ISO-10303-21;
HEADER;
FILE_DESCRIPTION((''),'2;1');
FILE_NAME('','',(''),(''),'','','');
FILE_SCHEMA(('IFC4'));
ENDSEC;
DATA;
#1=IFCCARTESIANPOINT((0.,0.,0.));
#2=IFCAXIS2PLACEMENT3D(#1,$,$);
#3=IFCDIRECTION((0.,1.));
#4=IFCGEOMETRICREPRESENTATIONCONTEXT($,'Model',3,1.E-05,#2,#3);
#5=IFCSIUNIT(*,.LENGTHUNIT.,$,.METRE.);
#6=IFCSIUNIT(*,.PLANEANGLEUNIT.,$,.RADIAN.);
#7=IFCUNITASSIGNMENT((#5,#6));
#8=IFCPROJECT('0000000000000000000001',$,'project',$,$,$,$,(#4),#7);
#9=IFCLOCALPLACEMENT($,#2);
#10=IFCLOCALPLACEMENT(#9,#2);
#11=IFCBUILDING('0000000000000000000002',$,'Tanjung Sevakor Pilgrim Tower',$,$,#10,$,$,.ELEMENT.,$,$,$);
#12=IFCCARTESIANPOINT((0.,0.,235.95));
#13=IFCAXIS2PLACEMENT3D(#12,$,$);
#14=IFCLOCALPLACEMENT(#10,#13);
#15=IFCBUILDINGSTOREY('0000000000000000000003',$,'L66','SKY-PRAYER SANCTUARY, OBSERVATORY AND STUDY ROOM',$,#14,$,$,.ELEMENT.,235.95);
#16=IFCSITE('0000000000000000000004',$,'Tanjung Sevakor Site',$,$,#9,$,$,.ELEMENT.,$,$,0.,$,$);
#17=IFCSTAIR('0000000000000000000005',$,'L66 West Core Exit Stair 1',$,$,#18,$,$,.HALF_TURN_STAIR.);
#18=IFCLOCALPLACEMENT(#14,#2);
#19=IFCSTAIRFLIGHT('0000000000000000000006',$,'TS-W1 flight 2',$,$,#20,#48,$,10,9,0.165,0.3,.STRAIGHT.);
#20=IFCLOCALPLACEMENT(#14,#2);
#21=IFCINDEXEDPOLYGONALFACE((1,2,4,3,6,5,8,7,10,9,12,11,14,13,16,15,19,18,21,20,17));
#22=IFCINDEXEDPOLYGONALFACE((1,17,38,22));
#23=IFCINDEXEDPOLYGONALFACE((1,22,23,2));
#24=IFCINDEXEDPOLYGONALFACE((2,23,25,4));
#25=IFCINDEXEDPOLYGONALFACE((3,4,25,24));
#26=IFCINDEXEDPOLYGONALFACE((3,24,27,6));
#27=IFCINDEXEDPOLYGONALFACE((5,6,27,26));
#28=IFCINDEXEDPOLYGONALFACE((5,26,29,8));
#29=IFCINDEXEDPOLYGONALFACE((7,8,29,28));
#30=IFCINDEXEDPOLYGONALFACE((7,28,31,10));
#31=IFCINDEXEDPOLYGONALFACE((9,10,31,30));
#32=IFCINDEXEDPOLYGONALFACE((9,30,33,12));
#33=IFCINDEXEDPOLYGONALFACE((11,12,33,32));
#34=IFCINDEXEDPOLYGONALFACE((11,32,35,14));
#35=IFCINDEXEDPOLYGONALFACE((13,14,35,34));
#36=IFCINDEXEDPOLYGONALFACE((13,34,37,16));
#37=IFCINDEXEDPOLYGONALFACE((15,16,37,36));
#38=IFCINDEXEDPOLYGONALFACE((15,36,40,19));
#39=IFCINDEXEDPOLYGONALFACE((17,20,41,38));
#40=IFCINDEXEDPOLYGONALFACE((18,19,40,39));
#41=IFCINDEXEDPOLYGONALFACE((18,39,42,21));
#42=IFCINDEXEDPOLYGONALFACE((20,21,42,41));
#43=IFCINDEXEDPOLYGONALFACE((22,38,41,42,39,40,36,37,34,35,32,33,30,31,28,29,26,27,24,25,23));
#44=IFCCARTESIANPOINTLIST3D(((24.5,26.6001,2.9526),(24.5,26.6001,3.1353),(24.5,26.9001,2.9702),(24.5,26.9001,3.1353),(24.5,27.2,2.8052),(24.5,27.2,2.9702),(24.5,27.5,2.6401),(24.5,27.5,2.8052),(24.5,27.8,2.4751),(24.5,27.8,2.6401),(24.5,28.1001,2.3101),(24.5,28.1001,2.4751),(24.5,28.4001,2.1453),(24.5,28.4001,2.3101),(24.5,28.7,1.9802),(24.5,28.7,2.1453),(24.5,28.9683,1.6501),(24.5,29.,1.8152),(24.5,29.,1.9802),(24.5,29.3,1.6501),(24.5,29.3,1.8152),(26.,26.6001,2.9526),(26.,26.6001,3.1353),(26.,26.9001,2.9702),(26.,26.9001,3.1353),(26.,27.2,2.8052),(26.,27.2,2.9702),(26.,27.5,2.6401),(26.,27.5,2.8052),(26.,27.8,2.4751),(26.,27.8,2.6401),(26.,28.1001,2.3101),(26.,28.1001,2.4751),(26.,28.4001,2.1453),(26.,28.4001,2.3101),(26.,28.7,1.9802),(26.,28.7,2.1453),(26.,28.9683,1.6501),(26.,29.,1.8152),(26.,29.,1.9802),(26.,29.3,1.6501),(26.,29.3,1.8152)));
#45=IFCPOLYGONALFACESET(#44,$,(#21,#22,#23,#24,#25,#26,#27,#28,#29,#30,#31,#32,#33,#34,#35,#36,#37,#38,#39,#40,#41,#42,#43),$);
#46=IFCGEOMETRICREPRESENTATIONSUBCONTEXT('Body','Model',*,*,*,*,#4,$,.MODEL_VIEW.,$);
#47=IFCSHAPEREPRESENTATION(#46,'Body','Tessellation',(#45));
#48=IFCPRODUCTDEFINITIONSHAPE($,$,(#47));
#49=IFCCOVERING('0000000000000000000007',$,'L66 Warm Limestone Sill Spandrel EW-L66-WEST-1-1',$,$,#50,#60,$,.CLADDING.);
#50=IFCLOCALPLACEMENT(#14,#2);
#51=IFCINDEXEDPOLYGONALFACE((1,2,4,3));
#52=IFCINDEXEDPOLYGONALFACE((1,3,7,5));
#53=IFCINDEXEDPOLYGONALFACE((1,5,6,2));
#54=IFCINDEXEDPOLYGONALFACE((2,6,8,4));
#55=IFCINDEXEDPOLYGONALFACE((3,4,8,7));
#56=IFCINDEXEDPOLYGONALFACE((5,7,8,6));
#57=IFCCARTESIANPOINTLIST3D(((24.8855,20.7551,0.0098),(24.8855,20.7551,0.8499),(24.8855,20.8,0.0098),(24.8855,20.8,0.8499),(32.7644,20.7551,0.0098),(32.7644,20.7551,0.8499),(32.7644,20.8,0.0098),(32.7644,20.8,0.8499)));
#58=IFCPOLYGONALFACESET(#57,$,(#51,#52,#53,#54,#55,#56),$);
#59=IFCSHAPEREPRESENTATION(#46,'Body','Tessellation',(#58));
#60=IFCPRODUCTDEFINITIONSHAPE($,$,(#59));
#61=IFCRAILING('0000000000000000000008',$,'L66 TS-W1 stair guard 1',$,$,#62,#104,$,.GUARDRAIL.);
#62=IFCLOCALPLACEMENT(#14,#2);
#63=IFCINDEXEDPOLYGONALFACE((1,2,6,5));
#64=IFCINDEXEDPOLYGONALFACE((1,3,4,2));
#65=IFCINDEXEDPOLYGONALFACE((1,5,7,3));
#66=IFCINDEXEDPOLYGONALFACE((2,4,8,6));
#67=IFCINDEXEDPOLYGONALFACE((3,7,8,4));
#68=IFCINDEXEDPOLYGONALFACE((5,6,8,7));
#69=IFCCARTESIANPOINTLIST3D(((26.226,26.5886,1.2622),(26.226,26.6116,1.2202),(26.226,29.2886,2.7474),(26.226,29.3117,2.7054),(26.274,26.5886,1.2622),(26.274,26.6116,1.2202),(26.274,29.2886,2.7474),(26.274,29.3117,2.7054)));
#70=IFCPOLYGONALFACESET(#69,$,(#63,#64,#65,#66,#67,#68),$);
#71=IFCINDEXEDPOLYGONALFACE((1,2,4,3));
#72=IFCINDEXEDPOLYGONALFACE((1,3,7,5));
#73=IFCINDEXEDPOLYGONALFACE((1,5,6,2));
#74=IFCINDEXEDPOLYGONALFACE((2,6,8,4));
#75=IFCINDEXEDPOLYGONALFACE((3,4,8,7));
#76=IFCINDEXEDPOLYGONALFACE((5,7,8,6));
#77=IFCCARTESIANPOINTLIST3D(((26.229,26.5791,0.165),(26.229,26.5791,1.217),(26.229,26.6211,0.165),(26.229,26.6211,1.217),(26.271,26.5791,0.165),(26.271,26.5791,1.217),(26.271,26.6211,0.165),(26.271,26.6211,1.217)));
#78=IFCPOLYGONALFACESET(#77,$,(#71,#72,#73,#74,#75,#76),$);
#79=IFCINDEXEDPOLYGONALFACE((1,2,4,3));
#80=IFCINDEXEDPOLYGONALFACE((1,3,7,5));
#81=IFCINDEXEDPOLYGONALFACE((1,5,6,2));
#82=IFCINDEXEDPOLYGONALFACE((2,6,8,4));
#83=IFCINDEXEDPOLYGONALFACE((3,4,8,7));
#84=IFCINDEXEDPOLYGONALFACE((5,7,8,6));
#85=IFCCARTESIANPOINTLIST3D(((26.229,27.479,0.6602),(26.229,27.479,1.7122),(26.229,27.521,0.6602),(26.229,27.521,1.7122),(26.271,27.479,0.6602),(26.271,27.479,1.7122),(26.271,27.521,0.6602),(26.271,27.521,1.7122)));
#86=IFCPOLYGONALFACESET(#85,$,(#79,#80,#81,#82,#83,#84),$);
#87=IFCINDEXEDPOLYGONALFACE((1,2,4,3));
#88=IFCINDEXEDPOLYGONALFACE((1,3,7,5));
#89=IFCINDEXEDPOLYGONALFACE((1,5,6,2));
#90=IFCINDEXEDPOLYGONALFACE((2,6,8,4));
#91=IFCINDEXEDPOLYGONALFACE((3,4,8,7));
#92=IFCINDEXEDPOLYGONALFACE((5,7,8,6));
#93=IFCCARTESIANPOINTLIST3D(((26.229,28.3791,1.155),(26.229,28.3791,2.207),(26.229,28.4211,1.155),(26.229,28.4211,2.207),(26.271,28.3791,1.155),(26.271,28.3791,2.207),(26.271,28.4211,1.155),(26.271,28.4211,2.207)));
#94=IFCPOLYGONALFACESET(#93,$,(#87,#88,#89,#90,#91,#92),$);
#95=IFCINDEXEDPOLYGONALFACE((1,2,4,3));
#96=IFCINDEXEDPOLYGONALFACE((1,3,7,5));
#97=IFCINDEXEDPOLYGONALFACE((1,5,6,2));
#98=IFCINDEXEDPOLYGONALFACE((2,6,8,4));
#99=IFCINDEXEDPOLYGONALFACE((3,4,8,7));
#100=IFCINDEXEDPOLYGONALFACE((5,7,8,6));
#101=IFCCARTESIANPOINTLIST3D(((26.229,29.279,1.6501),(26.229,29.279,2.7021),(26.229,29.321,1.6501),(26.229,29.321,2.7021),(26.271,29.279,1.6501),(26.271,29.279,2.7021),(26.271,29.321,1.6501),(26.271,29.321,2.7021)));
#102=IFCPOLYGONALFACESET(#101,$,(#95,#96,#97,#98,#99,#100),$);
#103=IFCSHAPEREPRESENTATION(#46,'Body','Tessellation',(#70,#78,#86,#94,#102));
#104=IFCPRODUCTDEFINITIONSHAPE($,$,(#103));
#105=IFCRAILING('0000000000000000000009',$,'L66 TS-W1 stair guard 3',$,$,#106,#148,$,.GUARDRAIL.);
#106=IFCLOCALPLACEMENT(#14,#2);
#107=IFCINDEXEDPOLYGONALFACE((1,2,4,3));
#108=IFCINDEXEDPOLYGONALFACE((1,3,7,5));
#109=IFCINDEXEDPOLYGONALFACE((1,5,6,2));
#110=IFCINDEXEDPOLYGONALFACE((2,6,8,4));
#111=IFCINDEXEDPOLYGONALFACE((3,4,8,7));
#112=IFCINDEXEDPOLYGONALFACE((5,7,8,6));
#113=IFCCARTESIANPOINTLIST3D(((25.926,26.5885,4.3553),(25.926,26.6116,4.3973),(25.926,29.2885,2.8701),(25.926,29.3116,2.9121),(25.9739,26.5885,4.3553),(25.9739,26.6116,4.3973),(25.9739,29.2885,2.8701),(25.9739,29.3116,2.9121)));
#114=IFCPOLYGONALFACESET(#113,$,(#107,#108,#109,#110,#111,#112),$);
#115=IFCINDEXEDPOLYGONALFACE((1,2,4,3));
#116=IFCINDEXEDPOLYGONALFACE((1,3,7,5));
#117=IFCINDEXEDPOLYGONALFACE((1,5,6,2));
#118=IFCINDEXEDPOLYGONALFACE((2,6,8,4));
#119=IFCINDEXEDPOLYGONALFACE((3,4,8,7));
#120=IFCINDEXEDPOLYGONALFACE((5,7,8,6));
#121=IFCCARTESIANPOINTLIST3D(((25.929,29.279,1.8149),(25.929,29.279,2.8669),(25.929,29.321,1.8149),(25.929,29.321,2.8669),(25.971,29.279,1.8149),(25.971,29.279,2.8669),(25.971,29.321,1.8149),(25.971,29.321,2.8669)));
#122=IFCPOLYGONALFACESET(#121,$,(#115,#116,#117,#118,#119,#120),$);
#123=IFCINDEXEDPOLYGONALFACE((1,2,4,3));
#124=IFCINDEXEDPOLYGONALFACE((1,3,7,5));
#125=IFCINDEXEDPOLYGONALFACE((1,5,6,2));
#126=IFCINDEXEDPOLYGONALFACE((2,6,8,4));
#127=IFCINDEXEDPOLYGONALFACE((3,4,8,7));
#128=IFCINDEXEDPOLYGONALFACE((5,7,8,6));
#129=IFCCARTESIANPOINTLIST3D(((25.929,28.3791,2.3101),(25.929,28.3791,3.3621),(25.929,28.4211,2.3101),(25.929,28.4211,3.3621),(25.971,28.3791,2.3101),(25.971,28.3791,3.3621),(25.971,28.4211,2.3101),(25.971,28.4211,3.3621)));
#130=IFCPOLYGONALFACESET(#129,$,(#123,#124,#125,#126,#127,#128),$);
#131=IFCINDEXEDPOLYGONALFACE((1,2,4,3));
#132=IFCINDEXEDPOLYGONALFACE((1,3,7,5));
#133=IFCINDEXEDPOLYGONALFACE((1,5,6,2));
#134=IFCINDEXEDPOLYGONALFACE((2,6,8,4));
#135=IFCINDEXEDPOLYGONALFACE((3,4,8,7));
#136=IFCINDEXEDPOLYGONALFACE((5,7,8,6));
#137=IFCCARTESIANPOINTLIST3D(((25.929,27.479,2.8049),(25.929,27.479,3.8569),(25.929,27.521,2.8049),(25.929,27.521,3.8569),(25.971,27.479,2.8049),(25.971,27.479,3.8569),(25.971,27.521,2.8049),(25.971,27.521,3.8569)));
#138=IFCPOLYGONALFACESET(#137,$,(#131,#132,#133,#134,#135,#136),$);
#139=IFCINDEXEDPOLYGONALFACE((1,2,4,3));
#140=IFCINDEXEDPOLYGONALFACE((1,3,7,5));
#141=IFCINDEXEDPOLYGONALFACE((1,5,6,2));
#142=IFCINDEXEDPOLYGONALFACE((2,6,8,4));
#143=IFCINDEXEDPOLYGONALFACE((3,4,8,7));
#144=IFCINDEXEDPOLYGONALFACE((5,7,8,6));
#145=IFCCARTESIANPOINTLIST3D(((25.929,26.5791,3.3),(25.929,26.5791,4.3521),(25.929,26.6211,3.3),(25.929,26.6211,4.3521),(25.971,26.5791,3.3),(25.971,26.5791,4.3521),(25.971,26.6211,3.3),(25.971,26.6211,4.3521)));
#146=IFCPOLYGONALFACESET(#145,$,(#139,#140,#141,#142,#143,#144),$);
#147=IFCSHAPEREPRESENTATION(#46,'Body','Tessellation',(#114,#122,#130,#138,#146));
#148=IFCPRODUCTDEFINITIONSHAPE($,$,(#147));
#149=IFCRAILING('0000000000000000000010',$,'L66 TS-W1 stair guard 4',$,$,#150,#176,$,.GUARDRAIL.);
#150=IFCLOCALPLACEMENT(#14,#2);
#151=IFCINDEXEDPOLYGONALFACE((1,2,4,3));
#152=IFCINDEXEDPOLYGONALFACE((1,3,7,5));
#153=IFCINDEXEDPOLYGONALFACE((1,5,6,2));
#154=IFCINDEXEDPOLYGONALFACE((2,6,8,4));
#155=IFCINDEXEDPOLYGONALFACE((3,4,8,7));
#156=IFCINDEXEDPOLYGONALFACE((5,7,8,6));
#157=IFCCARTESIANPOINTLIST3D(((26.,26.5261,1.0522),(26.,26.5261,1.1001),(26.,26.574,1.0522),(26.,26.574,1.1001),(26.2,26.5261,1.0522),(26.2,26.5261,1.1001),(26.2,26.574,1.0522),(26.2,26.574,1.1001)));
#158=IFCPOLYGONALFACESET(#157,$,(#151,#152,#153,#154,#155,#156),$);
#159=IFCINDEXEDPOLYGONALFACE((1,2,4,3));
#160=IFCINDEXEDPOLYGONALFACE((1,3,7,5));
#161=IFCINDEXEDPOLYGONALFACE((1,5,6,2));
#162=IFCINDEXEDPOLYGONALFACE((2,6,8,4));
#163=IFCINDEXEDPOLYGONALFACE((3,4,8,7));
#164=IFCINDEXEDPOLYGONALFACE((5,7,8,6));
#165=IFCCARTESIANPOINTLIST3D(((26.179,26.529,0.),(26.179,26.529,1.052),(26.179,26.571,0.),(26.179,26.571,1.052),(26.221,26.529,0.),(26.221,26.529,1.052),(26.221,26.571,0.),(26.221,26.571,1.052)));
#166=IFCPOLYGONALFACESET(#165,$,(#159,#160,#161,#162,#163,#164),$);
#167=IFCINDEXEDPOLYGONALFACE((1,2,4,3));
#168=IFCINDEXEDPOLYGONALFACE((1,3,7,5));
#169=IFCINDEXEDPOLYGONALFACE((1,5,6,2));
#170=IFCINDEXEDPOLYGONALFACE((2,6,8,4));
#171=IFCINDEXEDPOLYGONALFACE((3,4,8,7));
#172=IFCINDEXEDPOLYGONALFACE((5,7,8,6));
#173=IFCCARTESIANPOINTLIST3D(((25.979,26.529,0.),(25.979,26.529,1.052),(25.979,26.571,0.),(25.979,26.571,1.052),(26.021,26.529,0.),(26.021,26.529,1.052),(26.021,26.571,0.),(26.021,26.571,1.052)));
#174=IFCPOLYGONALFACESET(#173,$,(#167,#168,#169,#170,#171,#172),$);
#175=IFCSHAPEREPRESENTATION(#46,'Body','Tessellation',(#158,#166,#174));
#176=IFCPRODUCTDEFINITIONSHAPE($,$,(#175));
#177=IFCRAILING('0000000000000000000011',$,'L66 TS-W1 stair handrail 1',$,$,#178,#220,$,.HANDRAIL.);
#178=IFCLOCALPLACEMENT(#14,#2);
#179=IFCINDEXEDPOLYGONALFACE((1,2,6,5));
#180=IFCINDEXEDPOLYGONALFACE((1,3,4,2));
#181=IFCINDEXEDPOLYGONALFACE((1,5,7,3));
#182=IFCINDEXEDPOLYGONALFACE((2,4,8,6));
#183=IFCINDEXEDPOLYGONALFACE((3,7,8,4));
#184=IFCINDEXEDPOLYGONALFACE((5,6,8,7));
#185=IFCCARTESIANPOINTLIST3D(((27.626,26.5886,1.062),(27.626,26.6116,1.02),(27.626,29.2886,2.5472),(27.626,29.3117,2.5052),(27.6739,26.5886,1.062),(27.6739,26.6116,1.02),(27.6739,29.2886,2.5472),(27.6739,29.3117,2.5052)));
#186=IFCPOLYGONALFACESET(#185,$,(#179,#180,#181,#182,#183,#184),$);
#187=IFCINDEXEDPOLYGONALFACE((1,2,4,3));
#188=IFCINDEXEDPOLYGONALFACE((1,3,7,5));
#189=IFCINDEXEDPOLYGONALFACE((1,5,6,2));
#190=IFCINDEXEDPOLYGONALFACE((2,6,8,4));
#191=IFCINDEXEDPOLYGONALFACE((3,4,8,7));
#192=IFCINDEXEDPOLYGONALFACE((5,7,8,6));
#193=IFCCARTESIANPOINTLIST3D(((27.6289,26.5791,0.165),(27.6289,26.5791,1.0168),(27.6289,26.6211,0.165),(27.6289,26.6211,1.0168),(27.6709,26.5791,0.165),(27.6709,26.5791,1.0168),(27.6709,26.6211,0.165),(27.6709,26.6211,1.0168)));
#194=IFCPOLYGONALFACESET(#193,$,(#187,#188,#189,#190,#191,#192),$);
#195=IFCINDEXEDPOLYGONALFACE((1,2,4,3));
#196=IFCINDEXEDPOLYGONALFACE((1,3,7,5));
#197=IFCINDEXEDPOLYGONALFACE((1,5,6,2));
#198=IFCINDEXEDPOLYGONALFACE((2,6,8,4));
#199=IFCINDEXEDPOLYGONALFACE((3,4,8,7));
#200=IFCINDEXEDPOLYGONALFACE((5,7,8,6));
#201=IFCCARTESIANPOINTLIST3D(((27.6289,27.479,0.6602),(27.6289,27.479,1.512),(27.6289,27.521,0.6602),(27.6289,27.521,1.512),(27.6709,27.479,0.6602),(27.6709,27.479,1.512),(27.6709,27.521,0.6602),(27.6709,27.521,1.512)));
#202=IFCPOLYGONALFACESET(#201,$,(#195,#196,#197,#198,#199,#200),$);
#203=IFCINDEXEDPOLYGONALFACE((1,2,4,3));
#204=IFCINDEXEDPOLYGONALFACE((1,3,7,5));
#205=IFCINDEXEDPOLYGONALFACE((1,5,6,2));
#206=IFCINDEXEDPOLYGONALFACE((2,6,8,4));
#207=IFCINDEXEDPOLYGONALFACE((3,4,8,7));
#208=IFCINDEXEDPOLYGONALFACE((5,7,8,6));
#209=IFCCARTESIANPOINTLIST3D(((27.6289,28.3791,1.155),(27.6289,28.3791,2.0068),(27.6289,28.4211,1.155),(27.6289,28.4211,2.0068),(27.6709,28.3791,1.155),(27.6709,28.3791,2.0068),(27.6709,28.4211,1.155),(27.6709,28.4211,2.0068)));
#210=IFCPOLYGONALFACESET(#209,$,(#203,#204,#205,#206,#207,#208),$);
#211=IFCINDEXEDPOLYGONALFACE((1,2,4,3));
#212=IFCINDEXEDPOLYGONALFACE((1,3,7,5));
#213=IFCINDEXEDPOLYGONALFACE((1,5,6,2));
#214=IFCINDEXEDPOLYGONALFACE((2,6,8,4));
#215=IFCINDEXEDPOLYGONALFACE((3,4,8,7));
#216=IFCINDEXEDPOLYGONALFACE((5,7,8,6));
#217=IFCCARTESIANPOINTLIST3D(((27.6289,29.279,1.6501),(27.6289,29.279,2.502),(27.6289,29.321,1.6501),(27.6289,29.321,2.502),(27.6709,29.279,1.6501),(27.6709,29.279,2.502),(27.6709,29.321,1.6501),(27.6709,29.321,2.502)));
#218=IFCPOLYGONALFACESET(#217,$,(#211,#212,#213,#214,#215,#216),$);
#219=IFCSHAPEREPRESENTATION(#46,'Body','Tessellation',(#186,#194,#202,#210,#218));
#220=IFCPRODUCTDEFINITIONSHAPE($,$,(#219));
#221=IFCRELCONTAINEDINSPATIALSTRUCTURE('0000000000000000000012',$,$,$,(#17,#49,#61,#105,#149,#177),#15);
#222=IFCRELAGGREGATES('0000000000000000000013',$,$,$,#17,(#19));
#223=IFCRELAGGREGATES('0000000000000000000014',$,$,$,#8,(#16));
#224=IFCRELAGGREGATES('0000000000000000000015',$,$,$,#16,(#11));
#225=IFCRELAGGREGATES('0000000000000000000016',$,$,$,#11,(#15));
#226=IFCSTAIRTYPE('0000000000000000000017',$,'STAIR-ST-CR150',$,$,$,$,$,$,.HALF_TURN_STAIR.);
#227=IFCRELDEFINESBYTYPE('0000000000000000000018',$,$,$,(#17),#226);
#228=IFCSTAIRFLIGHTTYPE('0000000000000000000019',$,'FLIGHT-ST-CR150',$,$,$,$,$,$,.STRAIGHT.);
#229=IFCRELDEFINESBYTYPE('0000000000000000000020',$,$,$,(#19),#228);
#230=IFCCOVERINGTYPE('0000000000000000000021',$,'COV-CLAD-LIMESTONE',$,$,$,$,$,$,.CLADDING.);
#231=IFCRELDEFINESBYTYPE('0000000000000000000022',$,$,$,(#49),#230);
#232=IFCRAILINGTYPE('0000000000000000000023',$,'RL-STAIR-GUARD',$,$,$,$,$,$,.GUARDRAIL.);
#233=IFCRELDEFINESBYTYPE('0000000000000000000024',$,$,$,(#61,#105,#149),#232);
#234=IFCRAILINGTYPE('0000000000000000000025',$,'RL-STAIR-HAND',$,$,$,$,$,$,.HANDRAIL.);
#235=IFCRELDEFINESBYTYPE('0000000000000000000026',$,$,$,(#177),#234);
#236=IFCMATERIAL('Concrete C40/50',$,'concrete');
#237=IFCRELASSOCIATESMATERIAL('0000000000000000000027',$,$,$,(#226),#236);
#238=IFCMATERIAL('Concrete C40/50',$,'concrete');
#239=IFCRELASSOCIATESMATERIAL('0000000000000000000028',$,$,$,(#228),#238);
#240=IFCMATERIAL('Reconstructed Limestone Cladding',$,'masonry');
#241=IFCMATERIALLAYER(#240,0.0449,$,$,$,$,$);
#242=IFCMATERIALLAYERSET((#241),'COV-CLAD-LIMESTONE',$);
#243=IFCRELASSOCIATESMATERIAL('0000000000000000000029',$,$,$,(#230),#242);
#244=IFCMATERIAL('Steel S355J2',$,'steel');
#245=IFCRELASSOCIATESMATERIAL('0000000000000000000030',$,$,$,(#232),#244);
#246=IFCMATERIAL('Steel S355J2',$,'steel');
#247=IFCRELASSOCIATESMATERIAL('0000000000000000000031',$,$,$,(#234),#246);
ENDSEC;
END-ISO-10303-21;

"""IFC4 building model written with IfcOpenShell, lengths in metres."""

from ifc_helpers import new_model, si_unit, direction, frame, origin, origin_2d, place, context, subcontext, project, spatial, polyline, rectangle, outline, extrude, material, layer, layer_set, type_object, element, aggregate, save


model = new_model("IFC4")

# Units and contexts
model_context = context("Model", 3, precision=1e-05, world=origin(), true_north=direction((0.0, 1.0)))
body_context = subcontext(model_context, "Body", "Model", "MODEL_VIEW")
ifc_project = project(units=[si_unit("LENGTHUNIT", "METRE"), si_unit("PLANEANGLEUNIT", "RADIAN")], contexts=[model_context])

# Site, building, storey
site_placement = place(None, origin())
site = spatial("IfcSite", under=ifc_project, at=site_placement, Name="Tanjung Sevakor Site", CompositionType="ELEMENT", RefElevation=0.0)
building_placement = place(site_placement, origin())
building = spatial("IfcBuilding", under=site, at=building_placement, Name="Tanjung Sevakor Pilgrim Tower", CompositionType="ELEMENT")
storey_placement = place(building_placement, frame((0.0, 0.0, 235.95)))
storey = spatial("IfcBuildingStorey", under=building, at=storey_placement, Name="L66", Description="SKY-PRAYER SANCTUARY, OBSERVATORY AND STUDY ROOM", CompositionType="ELEMENT", Elevation=235.95)

# Stair, stair flight
ifc_material_1 = material(Name="Concrete C40/50", Category="concrete")
stair_type = type_object("IfcStairType", Name="STAIR-ST-CR150", PredefinedType="HALF_TURN_STAIR", material=ifc_material_1)
stair_placement = place(storey_placement, origin())
stair = element("IfcStair", 1, at=stair_placement, inside=storey, type_object=stair_type, Name="L66 West Core Exit Stair 1", PredefinedType="HALF_TURN_STAIR")
ifc_material_2 = material(Name="Concrete C40/50", Category="concrete")
stair_flight_type = type_object("IfcStairFlightType", Name="FLIGHT-ST-CR150", PredefinedType="STRAIGHT", material=ifc_material_2)
stair_flight_1_placement = place(storey_placement, frame((25.25, 29.3, 1.6501), z_axis=(0.0, 0.0, 1.0), x_axis=(0.0, -1.0, 0.0)))
stair_flight_1 = element("IfcStairFlight", 2, at=stair_flight_1_placement, type_object=stair_flight_type, Name="TS-W1 flight 2", NumberOfRisers=10, NumberOfTreads=9, PredefinedType="STRAIGHT", RiserHeight=0.165, TreadLength=0.3, context=body_context, shape_type="SweptSolid", body=[
    extrude(outline(polyline([(0.0, 0.0), (0.0, 0.165), (0.3, 0.165), (0.3, 0.3301), (0.6001, 0.3301), (0.6001, 0.4951), (0.8999, 0.4951), (0.8999, 0.6599), (1.2, 0.6599), (1.2, 0.825), (1.5, 0.825), (1.5, 0.99), (1.8, 0.99), (1.8, 1.155), (2.1001, 1.155), (2.1001, 1.3201), (2.3999, 1.3201), (2.3999, 1.4851), (2.7, 1.4851), (2.7, 1.6499), (2.7, 1.3025), (0.3318, 0.0), (0.0, 0.0)])), frame((0.0, 0.75, 0.0), z_axis=(0.0, -1.0, 0.0), x_axis=(1.0, 0.0, 0.0)), (0.0, 0.0, 1.0), 1.5),
])
aggregate(stair, [stair_flight_1])

# Covering
ifc_material_3 = material(Name="Reconstructed Limestone Cladding", Category="masonry")
ifc_layer_1 = layer(ifc_material_3, 0.0449)
ifc_layer_set_1 = layer_set([ifc_layer_1], Name="COV-CLAD-LIMESTONE")
covering_type = type_object("IfcCoveringType", Name="COV-CLAD-LIMESTONE", PredefinedType="CLADDING", material=ifc_layer_set_1)
covering_placement = place(storey_placement, frame((28.825, 20.7776, 0.0098), z_axis=(0.0, 0.0, 1.0), x_axis=(1.0, 0.0, 0.0)))
element("IfcCovering", 3, at=covering_placement, inside=storey, type_object=covering_type, Name="L66 Warm Limestone Sill Spandrel EW-L66-WEST-1-1", PredefinedType="CLADDING", context=body_context, shape_type="SweptSolid", body=[
    extrude(rectangle(XDim=7.8789, YDim=0.0449, at=origin_2d()), origin(), (0.0, 0.0, 1.0), 0.8401),
])

# Railings
ifc_material_4 = material(Name="Steel S355J2", Category="steel")
railing_type_1 = type_object("IfcRailingType", Name="RL-STAIR-GUARD", PredefinedType="GUARDRAIL", material=ifc_material_4)
railing_1_placement = place(storey_placement, frame((26.25, 26.6001, 0.165)))
element("IfcRailing", 4, at=railing_1_placement, inside=storey, type_object=railing_type_1, Name="L66 TS-W1 stair guard 1", PredefinedType="GUARDRAIL", context=body_context, shape_type="SweptSolid", body=[
    extrude(rectangle(XDim=0.0479, YDim=0.0479), frame((0.0, 0.0, 1.0762), z_axis=(0.0, 0.876198, 0.481952), x_axis=(-1.0, 0.0, 0.0)), (0.0, 0.0, 1.0), 3.0815),
    extrude(rectangle(XDim=0.042, YDim=0.042), origin(), (0.0, 0.0, 1.0), 1.052),
    extrude(rectangle(XDim=0.042, YDim=0.042), frame((0.0, 0.8999, 0.4951)), (0.0, 0.0, 1.0), 1.052),
    extrude(rectangle(XDim=0.042, YDim=0.042), frame((0.0, 1.8, 0.99)), (0.0, 0.0, 1.0), 1.052),
    extrude(rectangle(XDim=0.042, YDim=0.042), frame((0.0, 2.7, 1.4851)), (0.0, 0.0, 1.0), 1.052),
])
railing_2_placement = place(storey_placement, frame((25.95, 29.3, 1.8149)))
element("IfcRailing", 5, at=railing_2_placement, inside=storey, type_object=railing_type_1, Name="L66 TS-W1 stair guard 3", PredefinedType="GUARDRAIL", context=body_context, shape_type="SweptSolid", body=[
    extrude(rectangle(XDim=0.0479, YDim=0.0479), frame((0.0, 0.0, 1.0762), z_axis=(0.0, -0.876198, 0.481952), x_axis=(1.0, 0.0, 0.0)), (0.0, 0.0, 1.0), 3.0815),
    extrude(rectangle(XDim=0.042, YDim=0.042), origin(), (0.0, 0.0, 1.0), 1.052),
    extrude(rectangle(XDim=0.042, YDim=0.042), frame((0.0, -0.8999, 0.4951)), (0.0, 0.0, 1.0), 1.052),
    extrude(rectangle(XDim=0.042, YDim=0.042), frame((0.0, -1.8, 0.99)), (0.0, 0.0, 1.0), 1.052),
    extrude(rectangle(XDim=0.042, YDim=0.042), frame((0.0, -2.7, 1.4851)), (0.0, 0.0, 1.0), 1.052),
])
railing_3_placement = place(storey_placement, frame((26.2, 26.55, 0.0)))
element("IfcRailing", 6, at=railing_3_placement, inside=storey, type_object=railing_type_1, Name="L66 TS-W1 stair guard 4", PredefinedType="GUARDRAIL", context=body_context, shape_type="SweptSolid", body=[
    extrude(rectangle(XDim=0.0479, YDim=0.0479), frame((0.0, 0.0, 1.0762), z_axis=(-1.0, 0.0, 0.0), x_axis=(0.0, -1.0, 0.0)), (0.0, 0.0, 1.0), 0.2),
    extrude(rectangle(XDim=0.042, YDim=0.042), origin(), (0.0, 0.0, 1.0), 1.052),
    extrude(rectangle(XDim=0.042, YDim=0.042), frame((-0.2, 0.0, 0.0)), (0.0, 0.0, 1.0), 1.052),
])
ifc_material_5 = material(Name="Steel S355J2", Category="steel")
railing_type_2 = type_object("IfcRailingType", Name="RL-STAIR-HAND", PredefinedType="HANDRAIL", material=ifc_material_5)
railing_4_placement = place(storey_placement, frame((27.6499, 26.6001, 0.165)))
element("IfcRailing", 7, at=railing_4_placement, inside=storey, type_object=railing_type_2, Name="L66 TS-W1 stair handrail 1", PredefinedType="HANDRAIL", context=body_context, shape_type="SweptSolid", body=[
    extrude(rectangle(XDim=0.0479, YDim=0.0479), frame((0.0, 0.0, 0.876), z_axis=(0.0, 0.876198, 0.481952), x_axis=(-1.0, 0.0, 0.0)), (0.0, 0.0, 1.0), 3.0815),
    extrude(rectangle(XDim=0.042, YDim=0.042), origin(), (0.0, 0.0, 1.0), 0.8518),
    extrude(rectangle(XDim=0.042, YDim=0.042), frame((0.0, 0.8999, 0.4951)), (0.0, 0.0, 1.0), 0.8518),
    extrude(rectangle(XDim=0.042, YDim=0.042), frame((0.0, 1.8, 0.99)), (0.0, 0.0, 1.0), 0.8518),
    extrude(rectangle(XDim=0.042, YDim=0.042), frame((0.0, 2.7, 1.4851)), (0.0, 0.0, 1.0), 0.8518),
])

save(model, "model.ifc")
